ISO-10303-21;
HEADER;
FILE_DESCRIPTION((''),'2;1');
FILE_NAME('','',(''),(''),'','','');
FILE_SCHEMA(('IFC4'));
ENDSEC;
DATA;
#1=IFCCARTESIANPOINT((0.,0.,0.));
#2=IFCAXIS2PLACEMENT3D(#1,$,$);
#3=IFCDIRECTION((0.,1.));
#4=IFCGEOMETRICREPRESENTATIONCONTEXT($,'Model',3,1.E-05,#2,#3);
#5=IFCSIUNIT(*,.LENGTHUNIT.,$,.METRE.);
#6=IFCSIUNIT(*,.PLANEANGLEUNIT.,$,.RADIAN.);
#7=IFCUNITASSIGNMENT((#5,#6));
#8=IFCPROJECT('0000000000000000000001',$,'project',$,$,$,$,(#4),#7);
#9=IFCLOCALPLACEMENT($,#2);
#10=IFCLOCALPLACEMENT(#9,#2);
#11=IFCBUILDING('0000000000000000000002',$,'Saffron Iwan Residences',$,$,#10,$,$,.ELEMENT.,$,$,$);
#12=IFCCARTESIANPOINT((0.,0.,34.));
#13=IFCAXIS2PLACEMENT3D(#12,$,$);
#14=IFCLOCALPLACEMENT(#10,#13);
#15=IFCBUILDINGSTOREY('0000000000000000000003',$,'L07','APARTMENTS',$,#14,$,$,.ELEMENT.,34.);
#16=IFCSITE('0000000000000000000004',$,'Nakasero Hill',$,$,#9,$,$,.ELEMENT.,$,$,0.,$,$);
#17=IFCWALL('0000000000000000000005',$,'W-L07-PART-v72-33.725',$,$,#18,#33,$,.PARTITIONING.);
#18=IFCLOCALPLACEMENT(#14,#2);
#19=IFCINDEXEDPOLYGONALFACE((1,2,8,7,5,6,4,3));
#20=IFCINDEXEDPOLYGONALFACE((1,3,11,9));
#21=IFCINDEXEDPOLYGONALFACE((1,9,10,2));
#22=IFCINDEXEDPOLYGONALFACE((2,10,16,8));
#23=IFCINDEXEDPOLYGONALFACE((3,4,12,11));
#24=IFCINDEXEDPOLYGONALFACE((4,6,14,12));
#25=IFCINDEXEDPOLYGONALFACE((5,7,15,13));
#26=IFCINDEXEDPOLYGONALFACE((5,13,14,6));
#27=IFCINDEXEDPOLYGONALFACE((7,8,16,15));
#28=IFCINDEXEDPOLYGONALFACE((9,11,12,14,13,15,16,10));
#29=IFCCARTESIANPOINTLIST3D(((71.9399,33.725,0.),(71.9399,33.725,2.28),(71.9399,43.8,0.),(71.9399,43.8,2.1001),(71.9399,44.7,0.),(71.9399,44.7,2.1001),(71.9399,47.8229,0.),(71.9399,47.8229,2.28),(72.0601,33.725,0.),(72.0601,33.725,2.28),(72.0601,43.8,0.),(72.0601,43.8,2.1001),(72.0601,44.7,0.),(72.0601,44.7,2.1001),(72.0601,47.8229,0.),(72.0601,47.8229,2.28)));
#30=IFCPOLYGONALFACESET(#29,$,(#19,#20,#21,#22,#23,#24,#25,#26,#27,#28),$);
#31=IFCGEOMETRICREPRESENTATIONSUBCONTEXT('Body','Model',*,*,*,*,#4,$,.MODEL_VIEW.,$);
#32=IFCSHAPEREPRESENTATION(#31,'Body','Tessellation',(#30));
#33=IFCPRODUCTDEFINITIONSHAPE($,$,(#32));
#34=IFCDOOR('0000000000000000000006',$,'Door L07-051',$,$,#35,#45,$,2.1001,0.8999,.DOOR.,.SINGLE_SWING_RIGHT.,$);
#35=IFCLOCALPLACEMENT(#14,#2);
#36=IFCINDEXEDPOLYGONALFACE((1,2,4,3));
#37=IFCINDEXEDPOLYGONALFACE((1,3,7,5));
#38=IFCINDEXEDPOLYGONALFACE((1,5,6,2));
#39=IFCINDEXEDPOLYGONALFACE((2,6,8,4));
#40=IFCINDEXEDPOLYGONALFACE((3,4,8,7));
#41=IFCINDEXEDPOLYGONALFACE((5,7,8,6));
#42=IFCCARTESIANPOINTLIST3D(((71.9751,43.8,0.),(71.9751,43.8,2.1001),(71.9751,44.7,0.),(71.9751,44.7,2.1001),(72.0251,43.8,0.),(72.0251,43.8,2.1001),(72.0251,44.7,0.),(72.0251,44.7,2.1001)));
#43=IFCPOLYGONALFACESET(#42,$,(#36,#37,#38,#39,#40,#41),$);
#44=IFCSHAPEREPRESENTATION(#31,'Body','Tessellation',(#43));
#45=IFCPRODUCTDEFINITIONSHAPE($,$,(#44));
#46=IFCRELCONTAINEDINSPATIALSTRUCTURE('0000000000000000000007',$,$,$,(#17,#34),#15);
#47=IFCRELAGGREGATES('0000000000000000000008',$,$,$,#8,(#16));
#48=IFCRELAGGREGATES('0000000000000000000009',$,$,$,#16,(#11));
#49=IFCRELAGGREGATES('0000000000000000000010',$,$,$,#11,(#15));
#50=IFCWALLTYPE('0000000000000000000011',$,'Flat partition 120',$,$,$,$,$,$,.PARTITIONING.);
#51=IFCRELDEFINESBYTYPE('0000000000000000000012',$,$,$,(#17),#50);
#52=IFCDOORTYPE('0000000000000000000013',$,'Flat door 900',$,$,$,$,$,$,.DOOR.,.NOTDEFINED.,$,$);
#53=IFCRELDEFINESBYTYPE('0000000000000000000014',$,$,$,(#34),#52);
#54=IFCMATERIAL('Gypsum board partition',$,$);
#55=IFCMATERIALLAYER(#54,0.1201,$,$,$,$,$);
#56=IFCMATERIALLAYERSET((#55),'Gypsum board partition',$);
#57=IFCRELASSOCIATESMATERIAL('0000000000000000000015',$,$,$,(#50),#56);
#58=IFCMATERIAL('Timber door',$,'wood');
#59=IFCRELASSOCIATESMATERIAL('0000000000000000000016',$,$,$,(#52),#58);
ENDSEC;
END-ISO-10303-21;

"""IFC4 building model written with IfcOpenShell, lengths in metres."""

from ifc_helpers import new_model, si_unit, direction, frame, frame_2d, origin, place, context, subcontext, project, spatial, rectangle, extrude, material, layer, layer_set, type_object, element, fill, save


model = new_model("IFC4")

# Units and contexts
model_context = context("Model", 3, precision=1e-05, world=origin(), true_north=direction((0.0, 1.0)))
body_context = subcontext(model_context, "Body", "Model", "MODEL_VIEW")
ifc_project = project(units=[si_unit("LENGTHUNIT", "METRE"), si_unit("PLANEANGLEUNIT", "RADIAN")], contexts=[model_context])

# Site, building, storey
site_placement = place(None, origin())
site = spatial("IfcSite", under=ifc_project, at=site_placement, Name="Nakasero Hill", CompositionType="ELEMENT", RefElevation=0.0)
building_placement = place(site_placement, origin())
building = spatial("IfcBuilding", under=site, at=building_placement, Name="Saffron Iwan Residences", CompositionType="ELEMENT")
storey_placement = place(building_placement, frame((0.0, 0.0, 34.0)))
storey = spatial("IfcBuildingStorey", under=building, at=storey_placement, Name="L07", Description="APARTMENTS", CompositionType="ELEMENT", Elevation=34.0)

# Shared definitions
ifc_material_1 = material(Name="Gypsum board partition")
ifc_layer_1 = layer(ifc_material_1, 0.1201)
ifc_layer_set_1 = layer_set([ifc_layer_1], Name="Gypsum board partition")
wall_type_1 = type_object("IfcWallType", Name="Flat partition 120", PredefinedType="PARTITIONING", material=ifc_layer_set_1)

# Wall, opening, door
wall_1_placement = place(storey_placement, frame((72.0, 33.7251, 0.0), z_axis=(0.0, 0.0, 1.0), x_axis=(0.0, 1.0, 0.0)))
wall_1 = element("IfcWall", 1, at=wall_1_placement, inside=storey, type_object=wall_type_1, Name="W-L07-PART-v72-33.725", PredefinedType="PARTITIONING", context=body_context, shape_type="SweptSolid", body=[
    extrude(rectangle(XDim=14.0979, YDim=0.1201, at=frame_2d((7.0488, 0.0))), origin(), (0.0, 0.0, 1.0), 2.28),
])
opening_1_placement = place(wall_1_placement, frame((10.075, 0.0, 0.0)))
opening_1 = element("IfcOpeningElement", 2, at=opening_1_placement, cuts=wall_1, PredefinedType="OPENING", context=body_context, shape_type="SweptSolid", body=[
    extrude(rectangle(XDim=0.8999, YDim=2.1001, at=frame_2d((0.45, 1.05))), frame((0.0, 0.0701, 0.0), z_axis=(0.0, -1.0, 0.0), x_axis=(1.0, 0.0, 0.0)), (0.0, 0.0, 1.0), 0.1401),
])
ifc_material_2 = material(Name="Timber door", Category="wood")
door_type_1 = type_object("IfcDoorType", Name="Flat door 900", OperationType="NOTDEFINED", PredefinedType="DOOR", material=ifc_material_2)
door_1_placement = place(opening_1_placement, origin())
door_1 = element("IfcDoor", 3, at=door_1_placement, inside=storey, type_object=door_type_1, Name="Door L07-051", OperationType="SINGLE_SWING_RIGHT", OverallHeight=2.1001, OverallWidth=0.8999, PredefinedType="DOOR", context=body_context, shape_type="SweptSolid", body=[
    extrude(rectangle(XDim=0.8999, YDim=2.1001, at=frame_2d((0.45, 1.05))), frame((0.0, 0.0249, 0.0), z_axis=(0.0, -1.0, 0.0), x_axis=(1.0, 0.0, 0.0)), (0.0, 0.0, 1.0), 0.05),
])
fill(opening_1, door_1)

save(model, "model.ifc")
